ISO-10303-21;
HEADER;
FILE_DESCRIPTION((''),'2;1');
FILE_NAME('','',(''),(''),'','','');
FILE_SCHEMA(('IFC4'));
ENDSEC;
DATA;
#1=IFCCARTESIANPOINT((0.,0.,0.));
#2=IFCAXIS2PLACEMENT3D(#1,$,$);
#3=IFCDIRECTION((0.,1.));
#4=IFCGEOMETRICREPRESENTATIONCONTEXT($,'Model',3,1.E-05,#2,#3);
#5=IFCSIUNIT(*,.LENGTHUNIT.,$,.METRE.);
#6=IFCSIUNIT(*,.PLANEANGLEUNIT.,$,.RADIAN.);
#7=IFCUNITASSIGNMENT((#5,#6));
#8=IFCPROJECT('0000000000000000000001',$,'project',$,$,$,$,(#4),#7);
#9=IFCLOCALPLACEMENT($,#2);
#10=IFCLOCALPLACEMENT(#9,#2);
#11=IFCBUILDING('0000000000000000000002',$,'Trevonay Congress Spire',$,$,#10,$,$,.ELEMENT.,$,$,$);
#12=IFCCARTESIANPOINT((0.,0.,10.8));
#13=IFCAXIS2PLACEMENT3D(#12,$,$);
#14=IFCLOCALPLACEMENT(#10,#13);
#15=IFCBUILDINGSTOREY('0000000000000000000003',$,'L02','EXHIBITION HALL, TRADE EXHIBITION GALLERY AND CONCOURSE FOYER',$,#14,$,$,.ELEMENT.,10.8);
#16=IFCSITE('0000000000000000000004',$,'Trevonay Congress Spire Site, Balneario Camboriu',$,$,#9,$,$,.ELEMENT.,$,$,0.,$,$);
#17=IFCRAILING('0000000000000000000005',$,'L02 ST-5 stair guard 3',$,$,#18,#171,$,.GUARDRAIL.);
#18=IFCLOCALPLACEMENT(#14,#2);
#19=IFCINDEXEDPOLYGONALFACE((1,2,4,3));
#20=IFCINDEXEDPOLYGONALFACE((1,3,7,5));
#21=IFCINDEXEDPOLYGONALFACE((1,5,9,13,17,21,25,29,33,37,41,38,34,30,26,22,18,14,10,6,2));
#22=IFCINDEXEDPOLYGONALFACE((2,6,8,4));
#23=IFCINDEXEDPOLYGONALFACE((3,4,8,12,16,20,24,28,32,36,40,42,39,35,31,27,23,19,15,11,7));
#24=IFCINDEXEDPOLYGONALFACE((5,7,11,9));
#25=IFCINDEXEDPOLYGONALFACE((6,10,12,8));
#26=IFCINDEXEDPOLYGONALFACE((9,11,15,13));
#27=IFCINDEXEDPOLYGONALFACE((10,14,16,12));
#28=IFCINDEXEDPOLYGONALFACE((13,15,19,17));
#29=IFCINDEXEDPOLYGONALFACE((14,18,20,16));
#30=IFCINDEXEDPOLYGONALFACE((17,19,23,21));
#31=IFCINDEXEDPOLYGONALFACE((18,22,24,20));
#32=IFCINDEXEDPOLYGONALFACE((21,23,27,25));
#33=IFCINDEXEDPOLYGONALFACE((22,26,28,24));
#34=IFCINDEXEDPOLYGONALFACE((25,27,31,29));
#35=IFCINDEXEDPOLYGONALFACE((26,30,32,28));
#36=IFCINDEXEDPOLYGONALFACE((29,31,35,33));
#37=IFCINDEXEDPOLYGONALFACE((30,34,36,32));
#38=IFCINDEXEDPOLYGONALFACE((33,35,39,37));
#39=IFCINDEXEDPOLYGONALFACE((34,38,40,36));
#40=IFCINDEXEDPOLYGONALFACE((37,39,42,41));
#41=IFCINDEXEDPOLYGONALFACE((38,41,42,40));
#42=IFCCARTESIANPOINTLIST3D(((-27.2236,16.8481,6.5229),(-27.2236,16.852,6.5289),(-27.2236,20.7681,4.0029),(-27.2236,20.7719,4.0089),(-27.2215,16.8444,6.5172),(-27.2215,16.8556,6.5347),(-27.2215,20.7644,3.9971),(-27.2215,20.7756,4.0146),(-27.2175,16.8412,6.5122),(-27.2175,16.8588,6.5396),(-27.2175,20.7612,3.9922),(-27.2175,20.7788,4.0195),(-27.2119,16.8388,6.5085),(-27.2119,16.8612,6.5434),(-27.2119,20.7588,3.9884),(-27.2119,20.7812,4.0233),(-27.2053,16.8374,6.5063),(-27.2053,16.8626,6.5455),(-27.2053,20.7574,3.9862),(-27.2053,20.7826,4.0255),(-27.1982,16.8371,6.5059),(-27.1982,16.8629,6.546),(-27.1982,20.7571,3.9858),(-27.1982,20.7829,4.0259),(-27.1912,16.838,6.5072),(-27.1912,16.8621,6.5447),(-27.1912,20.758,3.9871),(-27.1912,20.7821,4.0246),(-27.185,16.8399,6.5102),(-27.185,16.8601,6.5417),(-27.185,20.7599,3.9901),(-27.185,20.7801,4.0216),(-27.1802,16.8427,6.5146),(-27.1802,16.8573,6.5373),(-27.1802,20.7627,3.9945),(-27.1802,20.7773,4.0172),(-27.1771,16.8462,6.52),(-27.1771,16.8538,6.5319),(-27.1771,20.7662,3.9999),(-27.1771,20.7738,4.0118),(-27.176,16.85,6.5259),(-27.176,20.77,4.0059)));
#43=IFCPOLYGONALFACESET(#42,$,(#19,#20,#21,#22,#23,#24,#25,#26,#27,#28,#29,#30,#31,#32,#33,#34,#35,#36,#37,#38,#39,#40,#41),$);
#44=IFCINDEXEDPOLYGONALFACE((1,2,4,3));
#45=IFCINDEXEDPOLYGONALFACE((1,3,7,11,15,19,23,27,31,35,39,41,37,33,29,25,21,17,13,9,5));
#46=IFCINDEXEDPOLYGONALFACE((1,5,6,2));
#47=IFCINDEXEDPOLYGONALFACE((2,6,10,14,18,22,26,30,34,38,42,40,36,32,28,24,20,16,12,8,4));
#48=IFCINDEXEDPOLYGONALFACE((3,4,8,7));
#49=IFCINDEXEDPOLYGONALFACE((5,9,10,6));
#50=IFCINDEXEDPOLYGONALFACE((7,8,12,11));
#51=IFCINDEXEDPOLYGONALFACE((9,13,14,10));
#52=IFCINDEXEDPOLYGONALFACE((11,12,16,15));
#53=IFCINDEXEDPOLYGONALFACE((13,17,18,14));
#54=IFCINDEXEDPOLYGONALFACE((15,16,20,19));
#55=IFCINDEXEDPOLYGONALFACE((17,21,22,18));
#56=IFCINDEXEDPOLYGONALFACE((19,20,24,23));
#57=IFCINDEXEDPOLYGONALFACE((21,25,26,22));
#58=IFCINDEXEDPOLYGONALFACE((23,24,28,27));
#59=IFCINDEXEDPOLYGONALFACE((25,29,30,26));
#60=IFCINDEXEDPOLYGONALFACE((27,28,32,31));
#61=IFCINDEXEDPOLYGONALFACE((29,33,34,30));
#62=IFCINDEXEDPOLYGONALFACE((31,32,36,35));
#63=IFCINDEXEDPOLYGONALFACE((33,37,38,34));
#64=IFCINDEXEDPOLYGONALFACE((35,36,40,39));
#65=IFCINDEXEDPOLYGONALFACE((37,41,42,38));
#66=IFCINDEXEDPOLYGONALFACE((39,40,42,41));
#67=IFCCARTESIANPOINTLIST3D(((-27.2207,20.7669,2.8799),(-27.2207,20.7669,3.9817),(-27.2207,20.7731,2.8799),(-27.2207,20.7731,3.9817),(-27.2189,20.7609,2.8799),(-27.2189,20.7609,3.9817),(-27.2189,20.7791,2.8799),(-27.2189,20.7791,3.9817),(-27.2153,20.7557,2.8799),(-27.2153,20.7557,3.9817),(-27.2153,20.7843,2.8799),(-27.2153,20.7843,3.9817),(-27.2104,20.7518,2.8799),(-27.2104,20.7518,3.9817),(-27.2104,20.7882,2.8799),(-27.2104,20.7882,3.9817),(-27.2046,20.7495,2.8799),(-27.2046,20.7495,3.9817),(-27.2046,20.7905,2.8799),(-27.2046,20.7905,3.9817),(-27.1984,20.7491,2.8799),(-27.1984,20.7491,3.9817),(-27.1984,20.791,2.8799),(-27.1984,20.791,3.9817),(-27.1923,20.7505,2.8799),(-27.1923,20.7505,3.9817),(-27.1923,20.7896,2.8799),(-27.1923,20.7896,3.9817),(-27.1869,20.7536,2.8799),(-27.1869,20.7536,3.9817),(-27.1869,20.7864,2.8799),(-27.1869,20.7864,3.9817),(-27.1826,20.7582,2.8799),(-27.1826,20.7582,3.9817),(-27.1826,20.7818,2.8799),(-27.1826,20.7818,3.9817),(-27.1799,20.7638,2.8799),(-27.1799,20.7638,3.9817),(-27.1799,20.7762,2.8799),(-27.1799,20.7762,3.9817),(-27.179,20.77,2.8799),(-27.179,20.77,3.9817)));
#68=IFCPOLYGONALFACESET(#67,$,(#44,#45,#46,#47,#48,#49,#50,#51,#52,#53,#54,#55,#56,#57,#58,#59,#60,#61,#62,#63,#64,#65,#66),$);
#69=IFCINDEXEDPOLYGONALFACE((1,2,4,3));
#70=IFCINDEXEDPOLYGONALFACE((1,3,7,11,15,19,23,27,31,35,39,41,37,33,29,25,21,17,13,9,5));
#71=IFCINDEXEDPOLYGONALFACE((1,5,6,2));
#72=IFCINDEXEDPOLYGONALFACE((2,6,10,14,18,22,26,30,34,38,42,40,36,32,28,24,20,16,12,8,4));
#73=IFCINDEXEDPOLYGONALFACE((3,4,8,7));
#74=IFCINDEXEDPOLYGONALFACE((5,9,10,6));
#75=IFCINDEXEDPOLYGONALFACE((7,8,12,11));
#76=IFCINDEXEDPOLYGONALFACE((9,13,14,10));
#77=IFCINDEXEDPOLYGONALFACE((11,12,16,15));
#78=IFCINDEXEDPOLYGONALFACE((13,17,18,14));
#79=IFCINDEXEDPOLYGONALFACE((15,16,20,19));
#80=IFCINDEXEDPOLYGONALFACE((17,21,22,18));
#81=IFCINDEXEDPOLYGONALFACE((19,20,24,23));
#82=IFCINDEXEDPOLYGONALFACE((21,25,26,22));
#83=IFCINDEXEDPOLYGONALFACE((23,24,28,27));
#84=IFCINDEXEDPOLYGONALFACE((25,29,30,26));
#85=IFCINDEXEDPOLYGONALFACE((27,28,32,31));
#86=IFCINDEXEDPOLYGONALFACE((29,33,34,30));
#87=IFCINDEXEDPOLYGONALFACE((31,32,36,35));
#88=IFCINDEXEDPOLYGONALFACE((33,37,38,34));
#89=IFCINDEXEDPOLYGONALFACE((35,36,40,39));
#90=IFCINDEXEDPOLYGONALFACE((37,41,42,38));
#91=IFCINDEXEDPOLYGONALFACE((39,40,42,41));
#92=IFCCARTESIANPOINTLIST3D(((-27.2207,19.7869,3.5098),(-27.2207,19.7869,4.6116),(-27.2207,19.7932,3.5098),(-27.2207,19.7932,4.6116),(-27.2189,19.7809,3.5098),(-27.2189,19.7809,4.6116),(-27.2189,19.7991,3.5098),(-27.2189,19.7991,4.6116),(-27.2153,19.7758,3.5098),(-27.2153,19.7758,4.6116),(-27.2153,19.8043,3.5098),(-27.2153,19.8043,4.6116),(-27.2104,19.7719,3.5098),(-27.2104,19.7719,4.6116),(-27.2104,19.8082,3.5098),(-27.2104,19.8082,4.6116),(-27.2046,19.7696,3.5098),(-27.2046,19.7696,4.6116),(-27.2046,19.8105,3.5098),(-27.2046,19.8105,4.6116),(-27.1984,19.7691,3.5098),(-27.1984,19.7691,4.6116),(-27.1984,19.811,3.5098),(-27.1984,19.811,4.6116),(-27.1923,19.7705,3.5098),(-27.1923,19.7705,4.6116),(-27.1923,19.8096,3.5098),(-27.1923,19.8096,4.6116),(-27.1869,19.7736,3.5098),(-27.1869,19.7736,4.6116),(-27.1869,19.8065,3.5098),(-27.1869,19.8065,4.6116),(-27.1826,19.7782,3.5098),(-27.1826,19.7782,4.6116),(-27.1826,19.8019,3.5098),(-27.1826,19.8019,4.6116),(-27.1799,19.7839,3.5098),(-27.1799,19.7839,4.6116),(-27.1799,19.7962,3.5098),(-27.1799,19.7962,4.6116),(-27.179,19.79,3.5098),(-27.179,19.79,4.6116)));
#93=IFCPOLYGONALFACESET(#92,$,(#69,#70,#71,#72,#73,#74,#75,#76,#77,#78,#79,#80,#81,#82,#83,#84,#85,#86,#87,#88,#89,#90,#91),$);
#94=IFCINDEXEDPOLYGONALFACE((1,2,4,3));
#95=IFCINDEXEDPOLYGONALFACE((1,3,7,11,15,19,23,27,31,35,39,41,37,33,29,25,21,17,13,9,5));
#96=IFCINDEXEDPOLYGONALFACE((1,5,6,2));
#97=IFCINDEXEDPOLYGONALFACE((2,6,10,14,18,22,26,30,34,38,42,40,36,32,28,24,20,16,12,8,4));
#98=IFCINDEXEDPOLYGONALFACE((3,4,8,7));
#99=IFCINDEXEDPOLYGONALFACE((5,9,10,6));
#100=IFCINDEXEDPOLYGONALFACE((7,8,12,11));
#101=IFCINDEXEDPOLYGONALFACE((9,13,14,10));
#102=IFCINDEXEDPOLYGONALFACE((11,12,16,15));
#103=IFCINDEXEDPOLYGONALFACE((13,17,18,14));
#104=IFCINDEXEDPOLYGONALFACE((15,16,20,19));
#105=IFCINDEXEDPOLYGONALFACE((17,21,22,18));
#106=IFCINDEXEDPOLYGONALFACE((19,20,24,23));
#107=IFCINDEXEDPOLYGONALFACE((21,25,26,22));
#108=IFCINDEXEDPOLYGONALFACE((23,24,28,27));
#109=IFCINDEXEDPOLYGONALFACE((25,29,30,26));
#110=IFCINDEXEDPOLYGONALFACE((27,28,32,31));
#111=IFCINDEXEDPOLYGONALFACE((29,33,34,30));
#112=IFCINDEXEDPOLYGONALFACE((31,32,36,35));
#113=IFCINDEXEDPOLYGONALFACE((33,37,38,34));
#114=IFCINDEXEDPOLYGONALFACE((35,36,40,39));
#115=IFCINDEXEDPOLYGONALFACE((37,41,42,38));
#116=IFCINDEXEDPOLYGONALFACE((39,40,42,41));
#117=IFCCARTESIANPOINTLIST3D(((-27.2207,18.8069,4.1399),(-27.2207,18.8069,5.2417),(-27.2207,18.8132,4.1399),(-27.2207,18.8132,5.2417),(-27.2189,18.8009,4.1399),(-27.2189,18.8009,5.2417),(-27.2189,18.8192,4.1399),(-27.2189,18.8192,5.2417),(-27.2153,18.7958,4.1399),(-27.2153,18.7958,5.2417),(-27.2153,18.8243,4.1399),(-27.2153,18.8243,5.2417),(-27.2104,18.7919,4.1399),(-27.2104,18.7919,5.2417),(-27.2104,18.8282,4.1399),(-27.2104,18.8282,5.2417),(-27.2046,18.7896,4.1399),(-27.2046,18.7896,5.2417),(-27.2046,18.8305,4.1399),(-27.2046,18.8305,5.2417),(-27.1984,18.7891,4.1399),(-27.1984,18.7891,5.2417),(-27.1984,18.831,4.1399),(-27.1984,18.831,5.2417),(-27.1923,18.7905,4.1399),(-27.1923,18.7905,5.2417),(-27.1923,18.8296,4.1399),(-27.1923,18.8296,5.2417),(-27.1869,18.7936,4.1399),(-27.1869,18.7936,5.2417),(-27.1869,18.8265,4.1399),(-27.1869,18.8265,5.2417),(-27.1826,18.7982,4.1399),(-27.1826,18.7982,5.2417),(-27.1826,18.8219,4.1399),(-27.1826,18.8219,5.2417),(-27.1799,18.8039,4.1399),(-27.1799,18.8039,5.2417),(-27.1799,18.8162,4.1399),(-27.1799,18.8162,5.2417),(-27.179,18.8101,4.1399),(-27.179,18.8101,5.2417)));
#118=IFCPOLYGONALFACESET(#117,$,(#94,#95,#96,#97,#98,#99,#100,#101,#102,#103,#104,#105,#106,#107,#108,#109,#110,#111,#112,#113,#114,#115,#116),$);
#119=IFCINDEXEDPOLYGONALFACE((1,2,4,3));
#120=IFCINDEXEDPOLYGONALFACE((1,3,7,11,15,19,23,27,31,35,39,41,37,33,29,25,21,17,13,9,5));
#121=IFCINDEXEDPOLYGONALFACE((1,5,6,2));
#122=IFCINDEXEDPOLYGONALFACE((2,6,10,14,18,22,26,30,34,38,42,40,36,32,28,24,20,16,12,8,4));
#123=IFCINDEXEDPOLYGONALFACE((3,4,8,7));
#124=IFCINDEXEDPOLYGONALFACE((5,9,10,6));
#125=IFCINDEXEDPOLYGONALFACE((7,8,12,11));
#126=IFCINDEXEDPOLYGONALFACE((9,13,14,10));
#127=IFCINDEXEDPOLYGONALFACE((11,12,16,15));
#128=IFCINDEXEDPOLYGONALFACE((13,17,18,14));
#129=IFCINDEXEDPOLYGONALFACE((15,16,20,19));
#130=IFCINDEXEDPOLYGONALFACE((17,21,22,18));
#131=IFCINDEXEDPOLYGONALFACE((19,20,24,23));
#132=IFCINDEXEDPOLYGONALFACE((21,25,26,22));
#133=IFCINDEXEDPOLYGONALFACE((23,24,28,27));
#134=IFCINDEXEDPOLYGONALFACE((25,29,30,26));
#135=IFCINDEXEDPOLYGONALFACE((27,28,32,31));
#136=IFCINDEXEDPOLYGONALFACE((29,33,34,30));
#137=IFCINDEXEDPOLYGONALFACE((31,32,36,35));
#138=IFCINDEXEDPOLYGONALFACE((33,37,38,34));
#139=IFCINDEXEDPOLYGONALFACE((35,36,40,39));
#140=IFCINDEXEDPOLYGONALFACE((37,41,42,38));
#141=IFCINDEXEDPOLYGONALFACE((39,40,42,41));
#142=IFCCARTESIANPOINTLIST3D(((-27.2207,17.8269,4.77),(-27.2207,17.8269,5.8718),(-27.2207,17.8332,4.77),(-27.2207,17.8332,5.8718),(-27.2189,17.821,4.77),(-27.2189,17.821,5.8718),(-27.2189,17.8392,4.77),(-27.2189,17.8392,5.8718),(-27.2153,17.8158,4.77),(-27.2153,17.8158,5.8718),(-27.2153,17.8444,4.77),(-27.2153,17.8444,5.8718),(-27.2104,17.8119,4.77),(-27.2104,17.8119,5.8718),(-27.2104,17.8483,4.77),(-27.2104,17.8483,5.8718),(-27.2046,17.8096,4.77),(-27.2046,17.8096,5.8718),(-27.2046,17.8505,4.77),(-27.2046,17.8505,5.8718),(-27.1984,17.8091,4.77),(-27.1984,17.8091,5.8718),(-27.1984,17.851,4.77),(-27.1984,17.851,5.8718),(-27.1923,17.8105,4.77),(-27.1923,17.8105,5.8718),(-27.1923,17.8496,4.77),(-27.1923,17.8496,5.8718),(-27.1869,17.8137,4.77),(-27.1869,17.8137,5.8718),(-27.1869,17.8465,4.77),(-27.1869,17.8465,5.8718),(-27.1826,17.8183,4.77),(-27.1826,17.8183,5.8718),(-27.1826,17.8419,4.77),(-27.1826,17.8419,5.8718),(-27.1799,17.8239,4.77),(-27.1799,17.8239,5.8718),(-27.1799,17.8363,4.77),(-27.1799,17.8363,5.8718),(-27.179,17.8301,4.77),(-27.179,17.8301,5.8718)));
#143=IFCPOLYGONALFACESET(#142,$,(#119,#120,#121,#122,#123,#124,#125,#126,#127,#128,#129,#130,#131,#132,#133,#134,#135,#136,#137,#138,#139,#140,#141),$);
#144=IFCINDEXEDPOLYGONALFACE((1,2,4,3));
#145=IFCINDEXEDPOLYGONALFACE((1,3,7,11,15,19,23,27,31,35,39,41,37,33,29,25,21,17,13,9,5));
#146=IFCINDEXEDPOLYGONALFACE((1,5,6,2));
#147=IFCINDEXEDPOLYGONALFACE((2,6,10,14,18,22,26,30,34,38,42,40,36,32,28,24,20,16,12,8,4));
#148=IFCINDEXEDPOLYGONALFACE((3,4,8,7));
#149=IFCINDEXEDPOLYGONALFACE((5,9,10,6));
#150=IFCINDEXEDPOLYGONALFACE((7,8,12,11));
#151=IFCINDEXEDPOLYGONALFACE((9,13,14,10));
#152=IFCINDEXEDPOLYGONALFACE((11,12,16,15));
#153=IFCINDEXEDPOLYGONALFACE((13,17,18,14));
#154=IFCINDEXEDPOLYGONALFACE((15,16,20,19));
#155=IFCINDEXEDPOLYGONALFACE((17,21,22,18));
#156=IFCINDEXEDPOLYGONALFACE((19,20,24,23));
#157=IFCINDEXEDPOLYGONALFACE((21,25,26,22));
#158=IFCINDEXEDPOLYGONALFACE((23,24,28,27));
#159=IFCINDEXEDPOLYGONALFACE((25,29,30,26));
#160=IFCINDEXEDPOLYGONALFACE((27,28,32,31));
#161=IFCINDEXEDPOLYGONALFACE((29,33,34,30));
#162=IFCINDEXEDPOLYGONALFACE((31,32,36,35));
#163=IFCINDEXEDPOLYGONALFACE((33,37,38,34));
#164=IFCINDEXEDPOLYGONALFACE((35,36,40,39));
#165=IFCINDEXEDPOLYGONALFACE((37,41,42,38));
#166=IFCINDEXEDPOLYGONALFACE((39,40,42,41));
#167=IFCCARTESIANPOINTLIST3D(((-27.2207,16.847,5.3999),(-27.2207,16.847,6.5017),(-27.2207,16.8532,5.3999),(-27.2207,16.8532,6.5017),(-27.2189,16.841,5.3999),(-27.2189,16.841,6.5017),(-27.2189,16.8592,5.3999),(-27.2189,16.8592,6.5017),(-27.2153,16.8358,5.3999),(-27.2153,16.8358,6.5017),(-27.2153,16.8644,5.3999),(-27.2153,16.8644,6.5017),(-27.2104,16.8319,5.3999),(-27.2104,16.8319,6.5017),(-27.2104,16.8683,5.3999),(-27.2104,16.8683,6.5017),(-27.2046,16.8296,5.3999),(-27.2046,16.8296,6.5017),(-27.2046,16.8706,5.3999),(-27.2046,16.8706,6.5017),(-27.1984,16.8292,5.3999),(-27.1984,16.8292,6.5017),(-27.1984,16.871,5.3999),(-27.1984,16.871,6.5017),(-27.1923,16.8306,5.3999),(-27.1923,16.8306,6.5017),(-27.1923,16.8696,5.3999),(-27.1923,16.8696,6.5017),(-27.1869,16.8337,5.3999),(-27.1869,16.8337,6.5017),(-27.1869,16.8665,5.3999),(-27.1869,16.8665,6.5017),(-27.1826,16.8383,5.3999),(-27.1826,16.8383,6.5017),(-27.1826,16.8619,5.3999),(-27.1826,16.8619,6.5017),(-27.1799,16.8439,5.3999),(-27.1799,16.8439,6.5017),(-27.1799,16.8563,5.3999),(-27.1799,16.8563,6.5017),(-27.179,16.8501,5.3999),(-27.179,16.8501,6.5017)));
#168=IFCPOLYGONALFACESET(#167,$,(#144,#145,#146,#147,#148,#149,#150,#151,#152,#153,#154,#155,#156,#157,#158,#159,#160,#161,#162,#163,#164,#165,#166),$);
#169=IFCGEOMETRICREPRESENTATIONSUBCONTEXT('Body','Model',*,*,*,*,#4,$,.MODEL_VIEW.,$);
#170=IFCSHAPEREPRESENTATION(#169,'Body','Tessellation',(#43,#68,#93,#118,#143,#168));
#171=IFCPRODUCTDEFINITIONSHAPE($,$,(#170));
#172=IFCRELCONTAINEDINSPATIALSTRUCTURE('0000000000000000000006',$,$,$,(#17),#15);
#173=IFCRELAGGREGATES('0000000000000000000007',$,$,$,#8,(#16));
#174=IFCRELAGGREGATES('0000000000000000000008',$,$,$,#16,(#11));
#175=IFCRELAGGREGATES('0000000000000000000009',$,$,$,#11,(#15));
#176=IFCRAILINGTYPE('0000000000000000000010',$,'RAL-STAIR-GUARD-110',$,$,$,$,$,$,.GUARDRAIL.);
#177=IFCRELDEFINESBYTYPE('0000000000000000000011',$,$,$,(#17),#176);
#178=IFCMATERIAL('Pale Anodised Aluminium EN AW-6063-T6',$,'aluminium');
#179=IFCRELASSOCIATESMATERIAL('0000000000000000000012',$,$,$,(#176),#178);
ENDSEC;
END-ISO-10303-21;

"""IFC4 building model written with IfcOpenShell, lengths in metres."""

from ifc_helpers import new_model, si_unit, direction, frame, origin, origin_2d, place, context, subcontext, project, spatial, circle, extrude, material, type_object, element, save


model = new_model("IFC4")

# Units and contexts
model_context = context("Model", 3, precision=1e-05, world=origin(), true_north=direction((0.0, 1.0)))
body_context = subcontext(model_context, "Body", "Model", "MODEL_VIEW")
ifc_project = project(units=[si_unit("LENGTHUNIT", "METRE"), si_unit("PLANEANGLEUNIT", "RADIAN")], contexts=[model_context])

# Site, building, storey
site_placement = place(None, origin())
site = spatial("IfcSite", under=ifc_project, at=site_placement, Name="Trevonay Congress Spire Site, Balneario Camboriu", CompositionType="ELEMENT", RefElevation=0.0)
building_placement = place(site_placement, origin())
building = spatial("IfcBuilding", under=site, at=building_placement, Name="Trevonay Congress Spire", CompositionType="ELEMENT")
storey_placement = place(building_placement, frame((0.0, 0.0, 10.8)))
storey = spatial("IfcBuildingStorey", under=building, at=storey_placement, Name="L02", Description="EXHIBITION HALL, TRADE EXHIBITION GALLERY AND CONCOURSE FOYER", CompositionType="ELEMENT", Elevation=10.8)

# Shared definitions
ifc_material_1 = material(Name="Pale Anodised Aluminium EN AW-6063-T6", Category="aluminium")

# Railing
railing_type_1 = type_object("IfcRailingType", Name="RAL-STAIR-GUARD-110", PredefinedType="GUARDRAIL", material=ifc_material_1)
railing_1_placement = place(storey_placement, frame((-27.2, 20.77, 2.8799)))
element("IfcRailing", 1, at=railing_1_placement, inside=storey, type_object=railing_type_1, Name="L02 ST-5 stair guard 3", PredefinedType="GUARDRAIL", context=body_context, shape_type="SweptSolid", body=[
    extrude(circle(Radius=0.0239, at=origin_2d()), frame((0.0, 0.0, 1.126), z_axis=(0.0, -0.841172, 0.540768), x_axis=(1.0, 0.0, 0.0)), (0.0, 0.0, 1.0), 4.6602),
    extrude(circle(Radius=0.021, at=origin_2d()), origin(), (0.0, 0.0, 1.0), 1.1018),
    extrude(circle(Radius=0.021, at=origin_2d()), frame((0.0, -0.98, 0.6299)), (0.0, 0.0, 1.0), 1.1018),
    extrude(circle(Radius=0.021, at=origin_2d()), frame((0.0, -1.96, 1.26)), (0.0, 0.0, 1.0), 1.1018),
    extrude(circle(Radius=0.021, at=origin_2d()), frame((0.0, -2.9399, 1.8901)), (0.0, 0.0, 1.0), 1.1018),
    extrude(circle(Radius=0.021, at=origin_2d()), frame((0.0, -3.9199, 2.52)), (0.0, 0.0, 1.0), 1.1018),
])

save(model, "model.ifc")
